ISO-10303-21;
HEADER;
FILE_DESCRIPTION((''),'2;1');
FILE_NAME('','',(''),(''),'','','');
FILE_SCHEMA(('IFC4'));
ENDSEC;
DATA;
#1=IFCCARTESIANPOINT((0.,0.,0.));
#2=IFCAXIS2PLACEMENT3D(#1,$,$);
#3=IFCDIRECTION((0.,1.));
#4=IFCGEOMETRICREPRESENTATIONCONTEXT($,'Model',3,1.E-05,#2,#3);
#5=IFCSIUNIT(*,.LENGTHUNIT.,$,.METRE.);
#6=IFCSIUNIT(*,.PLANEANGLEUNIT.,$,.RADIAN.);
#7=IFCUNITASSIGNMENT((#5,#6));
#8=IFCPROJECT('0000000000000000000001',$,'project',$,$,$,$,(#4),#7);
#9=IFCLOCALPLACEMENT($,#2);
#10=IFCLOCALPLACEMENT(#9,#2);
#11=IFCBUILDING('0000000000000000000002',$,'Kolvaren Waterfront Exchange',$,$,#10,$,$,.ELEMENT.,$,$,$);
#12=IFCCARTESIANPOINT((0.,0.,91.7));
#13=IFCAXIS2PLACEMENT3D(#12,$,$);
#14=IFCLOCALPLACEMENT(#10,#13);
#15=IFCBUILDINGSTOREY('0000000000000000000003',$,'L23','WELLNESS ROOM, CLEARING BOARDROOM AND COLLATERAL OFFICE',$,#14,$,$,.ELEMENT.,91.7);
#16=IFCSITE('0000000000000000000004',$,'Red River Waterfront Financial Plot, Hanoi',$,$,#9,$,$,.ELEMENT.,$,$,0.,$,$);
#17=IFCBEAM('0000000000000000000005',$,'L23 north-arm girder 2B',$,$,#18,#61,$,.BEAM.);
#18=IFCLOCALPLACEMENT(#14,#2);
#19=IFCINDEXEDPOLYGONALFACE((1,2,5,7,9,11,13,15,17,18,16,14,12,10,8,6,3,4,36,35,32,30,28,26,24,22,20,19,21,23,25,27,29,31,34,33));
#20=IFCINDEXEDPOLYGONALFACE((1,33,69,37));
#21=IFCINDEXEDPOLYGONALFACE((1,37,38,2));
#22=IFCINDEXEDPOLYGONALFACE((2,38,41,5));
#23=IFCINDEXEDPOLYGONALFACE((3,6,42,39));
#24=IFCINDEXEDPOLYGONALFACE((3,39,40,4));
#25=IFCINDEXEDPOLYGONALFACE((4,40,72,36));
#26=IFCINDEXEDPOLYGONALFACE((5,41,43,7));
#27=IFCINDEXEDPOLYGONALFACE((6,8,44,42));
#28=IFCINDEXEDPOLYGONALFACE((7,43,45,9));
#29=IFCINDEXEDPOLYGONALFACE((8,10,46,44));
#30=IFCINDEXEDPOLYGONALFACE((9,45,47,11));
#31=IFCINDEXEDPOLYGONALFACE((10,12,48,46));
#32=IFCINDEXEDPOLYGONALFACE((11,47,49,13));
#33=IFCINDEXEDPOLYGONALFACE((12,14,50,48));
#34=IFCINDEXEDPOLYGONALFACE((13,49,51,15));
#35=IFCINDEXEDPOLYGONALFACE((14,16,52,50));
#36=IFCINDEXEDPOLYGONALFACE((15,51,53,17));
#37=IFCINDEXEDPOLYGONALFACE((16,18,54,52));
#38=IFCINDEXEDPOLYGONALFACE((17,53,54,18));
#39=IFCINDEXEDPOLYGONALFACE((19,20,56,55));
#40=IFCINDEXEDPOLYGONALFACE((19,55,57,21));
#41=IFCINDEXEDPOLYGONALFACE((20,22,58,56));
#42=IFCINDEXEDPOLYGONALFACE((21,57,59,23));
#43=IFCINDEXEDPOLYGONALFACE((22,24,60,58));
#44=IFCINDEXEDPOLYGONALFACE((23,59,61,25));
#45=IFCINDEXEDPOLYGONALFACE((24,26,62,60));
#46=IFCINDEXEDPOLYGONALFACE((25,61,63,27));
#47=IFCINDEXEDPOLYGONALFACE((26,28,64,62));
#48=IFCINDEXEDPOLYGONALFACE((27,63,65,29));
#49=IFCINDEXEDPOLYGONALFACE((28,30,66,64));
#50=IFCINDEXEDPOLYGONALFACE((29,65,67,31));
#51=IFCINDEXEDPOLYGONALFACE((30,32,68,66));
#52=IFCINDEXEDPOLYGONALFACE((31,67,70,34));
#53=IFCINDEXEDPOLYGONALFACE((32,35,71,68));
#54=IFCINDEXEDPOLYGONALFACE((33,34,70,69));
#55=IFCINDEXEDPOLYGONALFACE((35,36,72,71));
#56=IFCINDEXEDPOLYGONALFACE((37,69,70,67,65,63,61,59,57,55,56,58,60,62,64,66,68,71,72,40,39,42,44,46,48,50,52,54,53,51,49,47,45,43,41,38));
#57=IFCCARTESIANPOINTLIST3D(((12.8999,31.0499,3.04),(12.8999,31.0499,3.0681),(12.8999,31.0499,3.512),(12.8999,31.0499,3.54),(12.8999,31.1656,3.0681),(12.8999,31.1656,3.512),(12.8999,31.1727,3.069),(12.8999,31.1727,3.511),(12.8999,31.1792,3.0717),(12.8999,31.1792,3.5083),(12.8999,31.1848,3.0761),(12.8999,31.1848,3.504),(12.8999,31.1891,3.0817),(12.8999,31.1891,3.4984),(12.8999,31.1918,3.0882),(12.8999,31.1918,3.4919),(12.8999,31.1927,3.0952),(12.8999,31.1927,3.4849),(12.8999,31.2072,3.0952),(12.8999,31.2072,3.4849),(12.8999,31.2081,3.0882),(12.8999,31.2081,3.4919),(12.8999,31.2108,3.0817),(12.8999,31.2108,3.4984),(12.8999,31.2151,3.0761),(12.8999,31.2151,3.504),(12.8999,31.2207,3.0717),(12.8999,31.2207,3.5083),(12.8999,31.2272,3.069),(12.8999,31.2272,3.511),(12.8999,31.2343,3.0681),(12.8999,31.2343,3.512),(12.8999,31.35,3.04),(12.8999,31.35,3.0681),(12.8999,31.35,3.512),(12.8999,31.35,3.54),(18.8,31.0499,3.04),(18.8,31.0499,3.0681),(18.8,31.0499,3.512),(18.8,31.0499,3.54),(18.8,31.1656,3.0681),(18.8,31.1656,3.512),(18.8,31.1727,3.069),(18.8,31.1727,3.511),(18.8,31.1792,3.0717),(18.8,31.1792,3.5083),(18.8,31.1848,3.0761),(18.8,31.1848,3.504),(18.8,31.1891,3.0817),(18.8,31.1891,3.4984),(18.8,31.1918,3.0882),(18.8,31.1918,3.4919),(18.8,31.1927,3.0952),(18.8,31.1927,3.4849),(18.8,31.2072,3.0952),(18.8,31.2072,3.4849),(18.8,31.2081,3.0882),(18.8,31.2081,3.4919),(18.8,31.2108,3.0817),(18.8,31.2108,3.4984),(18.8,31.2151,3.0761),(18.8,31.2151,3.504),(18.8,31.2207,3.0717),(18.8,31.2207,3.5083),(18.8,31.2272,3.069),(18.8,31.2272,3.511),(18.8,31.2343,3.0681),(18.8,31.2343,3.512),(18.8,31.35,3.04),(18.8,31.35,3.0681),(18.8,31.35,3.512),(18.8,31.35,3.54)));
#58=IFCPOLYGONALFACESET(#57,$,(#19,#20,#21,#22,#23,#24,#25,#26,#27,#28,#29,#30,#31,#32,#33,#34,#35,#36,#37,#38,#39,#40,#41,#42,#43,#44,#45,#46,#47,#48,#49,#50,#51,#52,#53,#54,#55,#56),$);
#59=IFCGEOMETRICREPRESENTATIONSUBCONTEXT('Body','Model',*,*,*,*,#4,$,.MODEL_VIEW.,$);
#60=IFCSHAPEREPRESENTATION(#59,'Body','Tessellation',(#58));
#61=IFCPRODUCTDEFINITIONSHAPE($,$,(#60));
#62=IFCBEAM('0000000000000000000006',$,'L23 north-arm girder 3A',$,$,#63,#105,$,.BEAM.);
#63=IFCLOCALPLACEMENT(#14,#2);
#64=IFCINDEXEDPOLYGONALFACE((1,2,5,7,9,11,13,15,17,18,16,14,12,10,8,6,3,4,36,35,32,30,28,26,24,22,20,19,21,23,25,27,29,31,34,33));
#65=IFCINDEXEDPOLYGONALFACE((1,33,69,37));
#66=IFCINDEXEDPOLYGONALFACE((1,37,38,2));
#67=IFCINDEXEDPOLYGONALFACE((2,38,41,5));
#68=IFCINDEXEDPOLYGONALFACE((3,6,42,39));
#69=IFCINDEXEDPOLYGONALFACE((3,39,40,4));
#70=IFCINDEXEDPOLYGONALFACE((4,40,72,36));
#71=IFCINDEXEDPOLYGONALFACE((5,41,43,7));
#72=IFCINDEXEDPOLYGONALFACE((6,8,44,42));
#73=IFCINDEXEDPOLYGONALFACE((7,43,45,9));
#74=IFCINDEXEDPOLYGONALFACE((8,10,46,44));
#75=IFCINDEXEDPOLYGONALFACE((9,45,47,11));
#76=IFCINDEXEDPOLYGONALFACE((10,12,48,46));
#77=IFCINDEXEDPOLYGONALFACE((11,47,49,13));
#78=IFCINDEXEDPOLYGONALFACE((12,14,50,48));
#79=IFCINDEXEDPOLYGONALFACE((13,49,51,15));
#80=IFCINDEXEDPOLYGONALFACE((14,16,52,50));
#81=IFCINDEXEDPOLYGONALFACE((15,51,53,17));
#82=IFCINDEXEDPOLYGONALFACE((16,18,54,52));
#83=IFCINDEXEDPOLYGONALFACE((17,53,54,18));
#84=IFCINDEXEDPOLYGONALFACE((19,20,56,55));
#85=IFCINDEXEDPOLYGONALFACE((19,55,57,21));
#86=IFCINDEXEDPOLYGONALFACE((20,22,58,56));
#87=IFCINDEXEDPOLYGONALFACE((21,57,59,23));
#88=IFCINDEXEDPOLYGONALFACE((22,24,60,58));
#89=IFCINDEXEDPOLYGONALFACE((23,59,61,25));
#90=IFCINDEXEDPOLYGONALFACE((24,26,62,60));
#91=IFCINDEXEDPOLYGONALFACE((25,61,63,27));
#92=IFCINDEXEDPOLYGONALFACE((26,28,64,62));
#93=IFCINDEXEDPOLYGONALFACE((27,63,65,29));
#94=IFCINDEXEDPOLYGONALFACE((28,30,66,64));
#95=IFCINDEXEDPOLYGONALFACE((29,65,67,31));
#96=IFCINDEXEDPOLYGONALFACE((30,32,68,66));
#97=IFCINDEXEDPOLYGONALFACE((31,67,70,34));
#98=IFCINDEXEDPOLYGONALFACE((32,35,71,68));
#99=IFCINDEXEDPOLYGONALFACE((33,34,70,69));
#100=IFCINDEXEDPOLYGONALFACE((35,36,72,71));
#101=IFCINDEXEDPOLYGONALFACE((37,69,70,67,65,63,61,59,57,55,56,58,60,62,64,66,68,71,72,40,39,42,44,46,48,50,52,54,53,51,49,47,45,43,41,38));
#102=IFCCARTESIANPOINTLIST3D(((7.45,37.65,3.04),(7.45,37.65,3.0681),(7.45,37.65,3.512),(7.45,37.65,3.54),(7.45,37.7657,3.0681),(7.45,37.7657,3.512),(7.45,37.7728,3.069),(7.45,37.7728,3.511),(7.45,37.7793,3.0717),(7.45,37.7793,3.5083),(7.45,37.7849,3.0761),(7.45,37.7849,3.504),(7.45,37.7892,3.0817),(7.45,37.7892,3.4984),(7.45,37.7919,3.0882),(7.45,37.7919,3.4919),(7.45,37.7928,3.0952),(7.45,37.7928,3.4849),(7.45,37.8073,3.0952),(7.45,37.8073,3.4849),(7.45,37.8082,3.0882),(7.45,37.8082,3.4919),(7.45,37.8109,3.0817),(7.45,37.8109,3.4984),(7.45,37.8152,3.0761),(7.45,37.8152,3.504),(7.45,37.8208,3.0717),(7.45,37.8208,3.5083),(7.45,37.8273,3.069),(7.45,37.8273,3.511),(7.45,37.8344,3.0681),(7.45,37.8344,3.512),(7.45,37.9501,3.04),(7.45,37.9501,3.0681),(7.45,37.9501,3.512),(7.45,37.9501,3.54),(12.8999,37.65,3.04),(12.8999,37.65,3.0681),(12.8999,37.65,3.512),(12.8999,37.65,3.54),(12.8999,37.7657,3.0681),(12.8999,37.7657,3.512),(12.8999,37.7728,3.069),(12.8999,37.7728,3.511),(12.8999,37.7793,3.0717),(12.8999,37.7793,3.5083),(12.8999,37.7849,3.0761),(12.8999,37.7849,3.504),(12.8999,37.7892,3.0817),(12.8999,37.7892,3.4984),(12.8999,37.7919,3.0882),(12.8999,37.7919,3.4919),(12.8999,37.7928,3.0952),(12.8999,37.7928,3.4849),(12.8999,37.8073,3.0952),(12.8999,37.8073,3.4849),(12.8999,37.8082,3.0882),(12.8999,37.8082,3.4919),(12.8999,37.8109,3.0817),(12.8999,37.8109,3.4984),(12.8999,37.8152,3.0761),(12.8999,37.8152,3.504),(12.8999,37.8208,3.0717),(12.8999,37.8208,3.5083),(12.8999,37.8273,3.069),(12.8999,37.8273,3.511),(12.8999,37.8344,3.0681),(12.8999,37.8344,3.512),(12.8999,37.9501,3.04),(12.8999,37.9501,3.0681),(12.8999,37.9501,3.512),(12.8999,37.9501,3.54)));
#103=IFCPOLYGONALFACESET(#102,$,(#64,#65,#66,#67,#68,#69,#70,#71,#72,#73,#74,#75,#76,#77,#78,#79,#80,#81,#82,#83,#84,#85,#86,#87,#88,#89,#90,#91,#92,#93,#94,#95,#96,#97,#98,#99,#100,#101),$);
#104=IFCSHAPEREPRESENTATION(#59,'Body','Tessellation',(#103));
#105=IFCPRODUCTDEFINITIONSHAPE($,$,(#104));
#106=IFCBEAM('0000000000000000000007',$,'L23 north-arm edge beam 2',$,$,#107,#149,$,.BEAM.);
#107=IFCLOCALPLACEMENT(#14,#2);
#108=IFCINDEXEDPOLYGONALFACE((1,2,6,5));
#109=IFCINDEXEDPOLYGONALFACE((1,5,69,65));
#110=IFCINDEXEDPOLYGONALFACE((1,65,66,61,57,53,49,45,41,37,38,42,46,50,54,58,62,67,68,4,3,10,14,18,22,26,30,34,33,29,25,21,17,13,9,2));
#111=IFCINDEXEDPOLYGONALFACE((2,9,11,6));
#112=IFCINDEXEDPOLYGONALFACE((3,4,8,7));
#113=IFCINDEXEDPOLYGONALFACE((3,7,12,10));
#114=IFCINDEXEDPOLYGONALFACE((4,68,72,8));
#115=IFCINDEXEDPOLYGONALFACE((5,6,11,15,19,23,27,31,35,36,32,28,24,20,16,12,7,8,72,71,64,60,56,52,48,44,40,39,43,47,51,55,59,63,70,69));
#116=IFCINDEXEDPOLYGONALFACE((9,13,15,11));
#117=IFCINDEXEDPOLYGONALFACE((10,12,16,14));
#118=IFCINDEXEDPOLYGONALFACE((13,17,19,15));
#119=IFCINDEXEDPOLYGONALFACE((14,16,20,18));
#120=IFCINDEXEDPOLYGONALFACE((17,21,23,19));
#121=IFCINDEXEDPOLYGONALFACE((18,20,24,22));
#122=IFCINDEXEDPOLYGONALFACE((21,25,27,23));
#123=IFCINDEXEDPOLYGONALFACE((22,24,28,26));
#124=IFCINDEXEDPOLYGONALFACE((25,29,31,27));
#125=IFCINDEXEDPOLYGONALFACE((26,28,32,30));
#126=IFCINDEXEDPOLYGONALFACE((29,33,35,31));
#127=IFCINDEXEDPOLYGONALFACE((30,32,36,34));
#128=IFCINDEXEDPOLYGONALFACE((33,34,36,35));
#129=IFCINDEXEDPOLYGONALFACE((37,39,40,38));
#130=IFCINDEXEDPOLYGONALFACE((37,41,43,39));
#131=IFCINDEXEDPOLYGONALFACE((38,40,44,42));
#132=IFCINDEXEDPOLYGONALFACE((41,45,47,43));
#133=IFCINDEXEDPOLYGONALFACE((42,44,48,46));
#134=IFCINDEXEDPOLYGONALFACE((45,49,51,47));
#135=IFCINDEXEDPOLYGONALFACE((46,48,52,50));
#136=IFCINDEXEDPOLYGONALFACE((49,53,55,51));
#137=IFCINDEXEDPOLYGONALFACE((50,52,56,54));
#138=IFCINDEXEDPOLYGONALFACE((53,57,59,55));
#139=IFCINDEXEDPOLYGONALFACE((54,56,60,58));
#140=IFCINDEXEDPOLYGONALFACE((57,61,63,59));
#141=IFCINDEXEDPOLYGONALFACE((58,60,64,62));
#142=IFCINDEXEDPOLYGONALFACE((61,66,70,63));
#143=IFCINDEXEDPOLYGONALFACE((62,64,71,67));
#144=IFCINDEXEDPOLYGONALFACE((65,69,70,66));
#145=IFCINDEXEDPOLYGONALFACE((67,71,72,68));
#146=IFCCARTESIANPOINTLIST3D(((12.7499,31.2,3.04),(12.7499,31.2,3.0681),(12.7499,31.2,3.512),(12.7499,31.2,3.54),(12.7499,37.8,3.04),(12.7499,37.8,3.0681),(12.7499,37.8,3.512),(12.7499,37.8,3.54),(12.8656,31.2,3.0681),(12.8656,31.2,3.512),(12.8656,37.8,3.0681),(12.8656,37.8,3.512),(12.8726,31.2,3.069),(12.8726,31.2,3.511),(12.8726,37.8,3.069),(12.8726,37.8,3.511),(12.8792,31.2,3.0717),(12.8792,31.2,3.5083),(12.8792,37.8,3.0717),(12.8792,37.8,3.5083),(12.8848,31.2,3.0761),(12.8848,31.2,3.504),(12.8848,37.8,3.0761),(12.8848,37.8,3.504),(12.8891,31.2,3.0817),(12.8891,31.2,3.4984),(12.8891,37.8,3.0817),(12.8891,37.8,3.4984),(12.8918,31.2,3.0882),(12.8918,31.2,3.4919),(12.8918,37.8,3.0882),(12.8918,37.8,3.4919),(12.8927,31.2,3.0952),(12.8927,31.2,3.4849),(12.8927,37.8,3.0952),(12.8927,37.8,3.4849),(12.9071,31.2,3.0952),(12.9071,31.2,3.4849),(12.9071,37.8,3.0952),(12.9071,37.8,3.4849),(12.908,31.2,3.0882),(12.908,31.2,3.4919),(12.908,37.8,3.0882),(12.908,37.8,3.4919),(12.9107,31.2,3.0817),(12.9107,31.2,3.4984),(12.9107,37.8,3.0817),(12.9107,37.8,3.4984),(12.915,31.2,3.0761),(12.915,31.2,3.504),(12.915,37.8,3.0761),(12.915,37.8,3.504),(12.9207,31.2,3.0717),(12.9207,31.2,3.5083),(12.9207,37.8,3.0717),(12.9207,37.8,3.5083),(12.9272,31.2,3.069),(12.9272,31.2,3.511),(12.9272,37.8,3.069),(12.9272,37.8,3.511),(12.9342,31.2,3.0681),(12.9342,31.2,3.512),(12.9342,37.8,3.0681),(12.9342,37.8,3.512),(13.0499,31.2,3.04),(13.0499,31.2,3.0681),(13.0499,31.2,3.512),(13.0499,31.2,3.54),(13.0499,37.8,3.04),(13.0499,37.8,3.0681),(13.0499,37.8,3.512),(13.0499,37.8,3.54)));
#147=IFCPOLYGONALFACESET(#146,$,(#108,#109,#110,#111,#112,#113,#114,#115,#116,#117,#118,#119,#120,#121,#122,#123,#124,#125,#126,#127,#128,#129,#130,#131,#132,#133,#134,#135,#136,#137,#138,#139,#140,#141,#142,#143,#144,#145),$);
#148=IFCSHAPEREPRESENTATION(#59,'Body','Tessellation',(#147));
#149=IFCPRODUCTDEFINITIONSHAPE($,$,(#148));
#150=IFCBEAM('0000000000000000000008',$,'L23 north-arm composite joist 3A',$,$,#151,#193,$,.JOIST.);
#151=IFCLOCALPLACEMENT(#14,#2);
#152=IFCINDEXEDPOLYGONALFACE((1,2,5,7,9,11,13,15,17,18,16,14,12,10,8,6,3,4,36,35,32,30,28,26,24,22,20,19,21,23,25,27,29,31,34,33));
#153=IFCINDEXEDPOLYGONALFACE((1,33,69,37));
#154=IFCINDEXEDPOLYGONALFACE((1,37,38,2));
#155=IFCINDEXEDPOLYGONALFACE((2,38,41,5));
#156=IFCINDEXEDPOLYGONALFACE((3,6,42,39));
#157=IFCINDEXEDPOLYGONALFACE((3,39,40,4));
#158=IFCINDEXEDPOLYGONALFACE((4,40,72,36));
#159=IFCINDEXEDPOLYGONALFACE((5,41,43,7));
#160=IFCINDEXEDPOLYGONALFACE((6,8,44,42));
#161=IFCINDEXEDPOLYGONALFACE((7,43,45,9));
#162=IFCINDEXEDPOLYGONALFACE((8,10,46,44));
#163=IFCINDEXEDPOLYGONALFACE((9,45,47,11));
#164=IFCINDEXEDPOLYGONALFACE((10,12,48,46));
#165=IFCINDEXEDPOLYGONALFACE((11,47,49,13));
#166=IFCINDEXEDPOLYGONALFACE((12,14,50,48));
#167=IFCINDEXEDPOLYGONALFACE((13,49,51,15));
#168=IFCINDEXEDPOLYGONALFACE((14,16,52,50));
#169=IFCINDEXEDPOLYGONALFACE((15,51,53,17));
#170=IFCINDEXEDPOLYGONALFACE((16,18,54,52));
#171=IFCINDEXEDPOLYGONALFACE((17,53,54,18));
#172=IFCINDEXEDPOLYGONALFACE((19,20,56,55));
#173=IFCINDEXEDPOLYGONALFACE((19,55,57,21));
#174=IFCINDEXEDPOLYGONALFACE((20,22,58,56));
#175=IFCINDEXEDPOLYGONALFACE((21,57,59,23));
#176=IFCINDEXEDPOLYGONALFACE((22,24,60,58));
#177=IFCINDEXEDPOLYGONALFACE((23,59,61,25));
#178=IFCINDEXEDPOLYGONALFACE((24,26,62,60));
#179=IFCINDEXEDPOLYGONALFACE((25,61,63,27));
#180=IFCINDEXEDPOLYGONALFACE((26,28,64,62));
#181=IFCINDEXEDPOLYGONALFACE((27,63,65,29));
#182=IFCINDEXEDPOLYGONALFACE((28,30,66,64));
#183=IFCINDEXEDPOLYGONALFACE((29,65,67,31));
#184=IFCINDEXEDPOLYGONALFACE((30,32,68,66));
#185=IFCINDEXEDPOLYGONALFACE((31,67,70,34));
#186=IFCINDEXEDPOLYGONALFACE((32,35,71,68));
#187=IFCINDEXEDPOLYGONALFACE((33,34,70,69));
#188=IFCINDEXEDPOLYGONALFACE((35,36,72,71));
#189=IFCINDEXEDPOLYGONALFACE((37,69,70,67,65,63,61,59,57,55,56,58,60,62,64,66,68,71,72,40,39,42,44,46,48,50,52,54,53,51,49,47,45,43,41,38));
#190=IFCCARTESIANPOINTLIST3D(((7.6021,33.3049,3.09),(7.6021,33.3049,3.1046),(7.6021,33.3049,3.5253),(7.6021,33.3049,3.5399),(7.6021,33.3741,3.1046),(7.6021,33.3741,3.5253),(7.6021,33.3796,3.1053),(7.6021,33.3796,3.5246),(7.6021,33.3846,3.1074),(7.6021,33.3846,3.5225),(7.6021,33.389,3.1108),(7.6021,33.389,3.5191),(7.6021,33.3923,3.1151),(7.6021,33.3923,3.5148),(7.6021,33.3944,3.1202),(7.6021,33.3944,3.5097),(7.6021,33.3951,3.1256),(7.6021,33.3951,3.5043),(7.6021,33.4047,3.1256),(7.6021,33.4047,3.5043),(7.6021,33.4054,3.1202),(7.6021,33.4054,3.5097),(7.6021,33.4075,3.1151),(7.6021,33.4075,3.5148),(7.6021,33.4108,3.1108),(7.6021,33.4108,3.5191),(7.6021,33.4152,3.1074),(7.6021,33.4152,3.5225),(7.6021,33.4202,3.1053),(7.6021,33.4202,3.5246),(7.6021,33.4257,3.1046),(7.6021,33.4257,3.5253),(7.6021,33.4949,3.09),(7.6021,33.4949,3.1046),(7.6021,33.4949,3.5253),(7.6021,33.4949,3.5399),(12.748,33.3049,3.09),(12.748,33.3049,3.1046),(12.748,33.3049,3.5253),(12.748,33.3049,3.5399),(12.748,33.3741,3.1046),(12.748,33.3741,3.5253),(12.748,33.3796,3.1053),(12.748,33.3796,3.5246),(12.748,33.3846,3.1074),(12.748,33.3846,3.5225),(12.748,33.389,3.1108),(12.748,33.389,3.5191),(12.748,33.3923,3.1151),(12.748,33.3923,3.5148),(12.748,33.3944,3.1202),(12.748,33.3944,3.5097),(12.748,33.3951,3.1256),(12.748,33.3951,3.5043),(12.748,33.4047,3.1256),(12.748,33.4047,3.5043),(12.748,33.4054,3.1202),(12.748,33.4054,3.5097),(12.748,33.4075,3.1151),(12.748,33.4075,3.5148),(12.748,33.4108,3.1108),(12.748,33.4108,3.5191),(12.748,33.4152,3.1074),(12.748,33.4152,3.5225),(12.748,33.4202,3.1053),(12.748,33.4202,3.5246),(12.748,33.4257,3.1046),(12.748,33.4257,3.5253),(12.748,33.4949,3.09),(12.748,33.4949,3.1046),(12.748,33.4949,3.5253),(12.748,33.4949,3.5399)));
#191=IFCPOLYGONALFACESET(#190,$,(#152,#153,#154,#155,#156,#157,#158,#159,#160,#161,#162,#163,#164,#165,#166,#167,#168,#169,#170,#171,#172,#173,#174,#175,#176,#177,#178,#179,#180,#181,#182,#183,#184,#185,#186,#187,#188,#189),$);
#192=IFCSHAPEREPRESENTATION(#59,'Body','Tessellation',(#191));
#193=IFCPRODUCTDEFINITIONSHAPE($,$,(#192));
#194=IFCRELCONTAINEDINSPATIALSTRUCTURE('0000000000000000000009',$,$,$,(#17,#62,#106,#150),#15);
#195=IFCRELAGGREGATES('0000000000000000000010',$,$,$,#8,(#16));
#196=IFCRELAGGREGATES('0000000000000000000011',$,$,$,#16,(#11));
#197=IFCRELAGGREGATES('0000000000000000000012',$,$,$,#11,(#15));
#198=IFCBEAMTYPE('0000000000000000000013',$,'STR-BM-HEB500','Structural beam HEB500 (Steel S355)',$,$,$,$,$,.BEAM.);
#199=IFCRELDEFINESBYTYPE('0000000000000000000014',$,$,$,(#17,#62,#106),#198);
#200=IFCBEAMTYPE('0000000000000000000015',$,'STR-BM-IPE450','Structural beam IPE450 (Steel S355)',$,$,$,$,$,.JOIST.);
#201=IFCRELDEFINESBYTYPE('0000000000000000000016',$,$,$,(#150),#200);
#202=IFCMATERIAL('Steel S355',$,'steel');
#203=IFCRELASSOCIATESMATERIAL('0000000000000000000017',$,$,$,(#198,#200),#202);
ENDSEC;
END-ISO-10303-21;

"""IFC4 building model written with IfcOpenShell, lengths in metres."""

from ifc_helpers import new_model, si_unit, direction, frame, origin, origin_2d, place, context, subcontext, project, spatial, i_section, extrude, material, material_profile, profile_set, type_object, element, save


model = new_model("IFC4")

# Units and contexts
model_context = context("Model", 3, precision=1e-05, world=origin(), true_north=direction((0.0, 1.0)))
body_context = subcontext(model_context, "Body", "Model", "MODEL_VIEW")
ifc_project = project(units=[si_unit("LENGTHUNIT", "METRE"), si_unit("PLANEANGLEUNIT", "RADIAN")], contexts=[model_context])

# Site, building, storey
site_placement = place(None, origin())
site = spatial("IfcSite", under=ifc_project, at=site_placement, Name="Red River Waterfront Financial Plot, Hanoi", CompositionType="ELEMENT", RefElevation=0.0)
building_placement = place(site_placement, origin())
building = spatial("IfcBuilding", under=site, at=building_placement, Name="Kolvaren Waterfront Exchange", CompositionType="ELEMENT")
storey_placement = place(building_placement, frame((0.0, 0.0, 91.7)))
storey = spatial("IfcBuildingStorey", under=building, at=storey_placement, Name="L23", Description="WELLNESS ROOM, CLEARING BOARDROOM AND COLLATERAL OFFICE", CompositionType="ELEMENT", Elevation=91.7)

# Beams
ifc_material_1 = material(Name="Steel S355", Category="steel")
ifc_material_profile_1 = material_profile(ifc_material_1, i_section(OverallWidth=0.3, OverallDepth=0.5, WebThickness=0.0144, FlangeThickness=0.0281, FilletRadius=0.0271, at=origin_2d()), Name="HEB500")
ifc_profile_set_1 = profile_set([ifc_material_profile_1], Name="Steel S355")
beam_type_1 = type_object("IfcBeamType", Name="STR-BM-HEB500", Description="Structural beam HEB500 (Steel S355)", PredefinedType="BEAM", material=ifc_profile_set_1)
beam_1_placement = place(storey_placement, frame((12.8999, 31.2, 3.29), z_axis=(1.0, 0.0, 0.0), x_axis=(0.0, 1.0, 0.0)))
element("IfcBeam", 1, at=beam_1_placement, inside=storey, type_object=beam_type_1, Name="L23 north-arm girder 2B", PredefinedType="BEAM", context=body_context, shape_type="SweptSolid", body=[
    extrude(i_section(OverallWidth=0.3, OverallDepth=0.5, WebThickness=0.0144, FlangeThickness=0.0281, FilletRadius=0.0271, at=origin_2d()), origin(), (0.0, 0.0, 1.0), 5.9001),
])
beam_2_placement = place(storey_placement, frame((7.45, 37.8, 3.29), z_axis=(1.0, 0.0, 0.0), x_axis=(0.0, 1.0, 0.0)))
element("IfcBeam", 2, at=beam_2_placement, inside=storey, type_object=beam_type_1, Name="L23 north-arm girder 3A", PredefinedType="BEAM", context=body_context, shape_type="SweptSolid", body=[
    extrude(i_section(OverallWidth=0.3, OverallDepth=0.5, WebThickness=0.0144, FlangeThickness=0.0281, FilletRadius=0.0271, at=origin_2d()), origin(), (0.0, 0.0, 1.0), 5.45),
])
beam_3_placement = place(storey_placement, frame((12.8999, 31.2, 3.29), z_axis=(0.0, 1.0, 0.0), x_axis=(-1.0, 0.0, 0.0)))
element("IfcBeam", 3, at=beam_3_placement, inside=storey, type_object=beam_type_1, Name="L23 north-arm edge beam 2", PredefinedType="BEAM", context=body_context, shape_type="SweptSolid", body=[
    extrude(i_section(OverallWidth=0.3, OverallDepth=0.5, WebThickness=0.0144, FlangeThickness=0.0281, FilletRadius=0.0271, at=origin_2d()), origin(), (0.0, 0.0, 1.0), 6.6001),
])
ifc_material_profile_2 = material_profile(ifc_material_1, i_section(OverallWidth=0.1899, OverallDepth=0.45, WebThickness=0.0095, FlangeThickness=0.0146, FilletRadius=0.021, at=origin_2d()), Name="IPE450")
ifc_profile_set_2 = profile_set([ifc_material_profile_2], Name="Steel S355")
beam_type_2 = type_object("IfcBeamType", Name="STR-BM-IPE450", Description="Structural beam IPE450 (Steel S355)", PredefinedType="JOIST", material=ifc_profile_set_2)
beam_4_placement = place(storey_placement, frame((7.6021, 33.3999, 3.3149), z_axis=(1.0, 0.0, 0.0), x_axis=(0.0, 1.0, 0.0)))
element("IfcBeam", 4, at=beam_4_placement, inside=storey, type_object=beam_type_2, Name="L23 north-arm composite joist 3A", PredefinedType="JOIST", context=body_context, shape_type="SweptSolid", body=[
    extrude(i_section(OverallWidth=0.1899, OverallDepth=0.45, WebThickness=0.0095, FlangeThickness=0.0146, FilletRadius=0.021, at=origin_2d()), origin(), (0.0, 0.0, 1.0), 5.146),
])

save(model, "model.ifc")
